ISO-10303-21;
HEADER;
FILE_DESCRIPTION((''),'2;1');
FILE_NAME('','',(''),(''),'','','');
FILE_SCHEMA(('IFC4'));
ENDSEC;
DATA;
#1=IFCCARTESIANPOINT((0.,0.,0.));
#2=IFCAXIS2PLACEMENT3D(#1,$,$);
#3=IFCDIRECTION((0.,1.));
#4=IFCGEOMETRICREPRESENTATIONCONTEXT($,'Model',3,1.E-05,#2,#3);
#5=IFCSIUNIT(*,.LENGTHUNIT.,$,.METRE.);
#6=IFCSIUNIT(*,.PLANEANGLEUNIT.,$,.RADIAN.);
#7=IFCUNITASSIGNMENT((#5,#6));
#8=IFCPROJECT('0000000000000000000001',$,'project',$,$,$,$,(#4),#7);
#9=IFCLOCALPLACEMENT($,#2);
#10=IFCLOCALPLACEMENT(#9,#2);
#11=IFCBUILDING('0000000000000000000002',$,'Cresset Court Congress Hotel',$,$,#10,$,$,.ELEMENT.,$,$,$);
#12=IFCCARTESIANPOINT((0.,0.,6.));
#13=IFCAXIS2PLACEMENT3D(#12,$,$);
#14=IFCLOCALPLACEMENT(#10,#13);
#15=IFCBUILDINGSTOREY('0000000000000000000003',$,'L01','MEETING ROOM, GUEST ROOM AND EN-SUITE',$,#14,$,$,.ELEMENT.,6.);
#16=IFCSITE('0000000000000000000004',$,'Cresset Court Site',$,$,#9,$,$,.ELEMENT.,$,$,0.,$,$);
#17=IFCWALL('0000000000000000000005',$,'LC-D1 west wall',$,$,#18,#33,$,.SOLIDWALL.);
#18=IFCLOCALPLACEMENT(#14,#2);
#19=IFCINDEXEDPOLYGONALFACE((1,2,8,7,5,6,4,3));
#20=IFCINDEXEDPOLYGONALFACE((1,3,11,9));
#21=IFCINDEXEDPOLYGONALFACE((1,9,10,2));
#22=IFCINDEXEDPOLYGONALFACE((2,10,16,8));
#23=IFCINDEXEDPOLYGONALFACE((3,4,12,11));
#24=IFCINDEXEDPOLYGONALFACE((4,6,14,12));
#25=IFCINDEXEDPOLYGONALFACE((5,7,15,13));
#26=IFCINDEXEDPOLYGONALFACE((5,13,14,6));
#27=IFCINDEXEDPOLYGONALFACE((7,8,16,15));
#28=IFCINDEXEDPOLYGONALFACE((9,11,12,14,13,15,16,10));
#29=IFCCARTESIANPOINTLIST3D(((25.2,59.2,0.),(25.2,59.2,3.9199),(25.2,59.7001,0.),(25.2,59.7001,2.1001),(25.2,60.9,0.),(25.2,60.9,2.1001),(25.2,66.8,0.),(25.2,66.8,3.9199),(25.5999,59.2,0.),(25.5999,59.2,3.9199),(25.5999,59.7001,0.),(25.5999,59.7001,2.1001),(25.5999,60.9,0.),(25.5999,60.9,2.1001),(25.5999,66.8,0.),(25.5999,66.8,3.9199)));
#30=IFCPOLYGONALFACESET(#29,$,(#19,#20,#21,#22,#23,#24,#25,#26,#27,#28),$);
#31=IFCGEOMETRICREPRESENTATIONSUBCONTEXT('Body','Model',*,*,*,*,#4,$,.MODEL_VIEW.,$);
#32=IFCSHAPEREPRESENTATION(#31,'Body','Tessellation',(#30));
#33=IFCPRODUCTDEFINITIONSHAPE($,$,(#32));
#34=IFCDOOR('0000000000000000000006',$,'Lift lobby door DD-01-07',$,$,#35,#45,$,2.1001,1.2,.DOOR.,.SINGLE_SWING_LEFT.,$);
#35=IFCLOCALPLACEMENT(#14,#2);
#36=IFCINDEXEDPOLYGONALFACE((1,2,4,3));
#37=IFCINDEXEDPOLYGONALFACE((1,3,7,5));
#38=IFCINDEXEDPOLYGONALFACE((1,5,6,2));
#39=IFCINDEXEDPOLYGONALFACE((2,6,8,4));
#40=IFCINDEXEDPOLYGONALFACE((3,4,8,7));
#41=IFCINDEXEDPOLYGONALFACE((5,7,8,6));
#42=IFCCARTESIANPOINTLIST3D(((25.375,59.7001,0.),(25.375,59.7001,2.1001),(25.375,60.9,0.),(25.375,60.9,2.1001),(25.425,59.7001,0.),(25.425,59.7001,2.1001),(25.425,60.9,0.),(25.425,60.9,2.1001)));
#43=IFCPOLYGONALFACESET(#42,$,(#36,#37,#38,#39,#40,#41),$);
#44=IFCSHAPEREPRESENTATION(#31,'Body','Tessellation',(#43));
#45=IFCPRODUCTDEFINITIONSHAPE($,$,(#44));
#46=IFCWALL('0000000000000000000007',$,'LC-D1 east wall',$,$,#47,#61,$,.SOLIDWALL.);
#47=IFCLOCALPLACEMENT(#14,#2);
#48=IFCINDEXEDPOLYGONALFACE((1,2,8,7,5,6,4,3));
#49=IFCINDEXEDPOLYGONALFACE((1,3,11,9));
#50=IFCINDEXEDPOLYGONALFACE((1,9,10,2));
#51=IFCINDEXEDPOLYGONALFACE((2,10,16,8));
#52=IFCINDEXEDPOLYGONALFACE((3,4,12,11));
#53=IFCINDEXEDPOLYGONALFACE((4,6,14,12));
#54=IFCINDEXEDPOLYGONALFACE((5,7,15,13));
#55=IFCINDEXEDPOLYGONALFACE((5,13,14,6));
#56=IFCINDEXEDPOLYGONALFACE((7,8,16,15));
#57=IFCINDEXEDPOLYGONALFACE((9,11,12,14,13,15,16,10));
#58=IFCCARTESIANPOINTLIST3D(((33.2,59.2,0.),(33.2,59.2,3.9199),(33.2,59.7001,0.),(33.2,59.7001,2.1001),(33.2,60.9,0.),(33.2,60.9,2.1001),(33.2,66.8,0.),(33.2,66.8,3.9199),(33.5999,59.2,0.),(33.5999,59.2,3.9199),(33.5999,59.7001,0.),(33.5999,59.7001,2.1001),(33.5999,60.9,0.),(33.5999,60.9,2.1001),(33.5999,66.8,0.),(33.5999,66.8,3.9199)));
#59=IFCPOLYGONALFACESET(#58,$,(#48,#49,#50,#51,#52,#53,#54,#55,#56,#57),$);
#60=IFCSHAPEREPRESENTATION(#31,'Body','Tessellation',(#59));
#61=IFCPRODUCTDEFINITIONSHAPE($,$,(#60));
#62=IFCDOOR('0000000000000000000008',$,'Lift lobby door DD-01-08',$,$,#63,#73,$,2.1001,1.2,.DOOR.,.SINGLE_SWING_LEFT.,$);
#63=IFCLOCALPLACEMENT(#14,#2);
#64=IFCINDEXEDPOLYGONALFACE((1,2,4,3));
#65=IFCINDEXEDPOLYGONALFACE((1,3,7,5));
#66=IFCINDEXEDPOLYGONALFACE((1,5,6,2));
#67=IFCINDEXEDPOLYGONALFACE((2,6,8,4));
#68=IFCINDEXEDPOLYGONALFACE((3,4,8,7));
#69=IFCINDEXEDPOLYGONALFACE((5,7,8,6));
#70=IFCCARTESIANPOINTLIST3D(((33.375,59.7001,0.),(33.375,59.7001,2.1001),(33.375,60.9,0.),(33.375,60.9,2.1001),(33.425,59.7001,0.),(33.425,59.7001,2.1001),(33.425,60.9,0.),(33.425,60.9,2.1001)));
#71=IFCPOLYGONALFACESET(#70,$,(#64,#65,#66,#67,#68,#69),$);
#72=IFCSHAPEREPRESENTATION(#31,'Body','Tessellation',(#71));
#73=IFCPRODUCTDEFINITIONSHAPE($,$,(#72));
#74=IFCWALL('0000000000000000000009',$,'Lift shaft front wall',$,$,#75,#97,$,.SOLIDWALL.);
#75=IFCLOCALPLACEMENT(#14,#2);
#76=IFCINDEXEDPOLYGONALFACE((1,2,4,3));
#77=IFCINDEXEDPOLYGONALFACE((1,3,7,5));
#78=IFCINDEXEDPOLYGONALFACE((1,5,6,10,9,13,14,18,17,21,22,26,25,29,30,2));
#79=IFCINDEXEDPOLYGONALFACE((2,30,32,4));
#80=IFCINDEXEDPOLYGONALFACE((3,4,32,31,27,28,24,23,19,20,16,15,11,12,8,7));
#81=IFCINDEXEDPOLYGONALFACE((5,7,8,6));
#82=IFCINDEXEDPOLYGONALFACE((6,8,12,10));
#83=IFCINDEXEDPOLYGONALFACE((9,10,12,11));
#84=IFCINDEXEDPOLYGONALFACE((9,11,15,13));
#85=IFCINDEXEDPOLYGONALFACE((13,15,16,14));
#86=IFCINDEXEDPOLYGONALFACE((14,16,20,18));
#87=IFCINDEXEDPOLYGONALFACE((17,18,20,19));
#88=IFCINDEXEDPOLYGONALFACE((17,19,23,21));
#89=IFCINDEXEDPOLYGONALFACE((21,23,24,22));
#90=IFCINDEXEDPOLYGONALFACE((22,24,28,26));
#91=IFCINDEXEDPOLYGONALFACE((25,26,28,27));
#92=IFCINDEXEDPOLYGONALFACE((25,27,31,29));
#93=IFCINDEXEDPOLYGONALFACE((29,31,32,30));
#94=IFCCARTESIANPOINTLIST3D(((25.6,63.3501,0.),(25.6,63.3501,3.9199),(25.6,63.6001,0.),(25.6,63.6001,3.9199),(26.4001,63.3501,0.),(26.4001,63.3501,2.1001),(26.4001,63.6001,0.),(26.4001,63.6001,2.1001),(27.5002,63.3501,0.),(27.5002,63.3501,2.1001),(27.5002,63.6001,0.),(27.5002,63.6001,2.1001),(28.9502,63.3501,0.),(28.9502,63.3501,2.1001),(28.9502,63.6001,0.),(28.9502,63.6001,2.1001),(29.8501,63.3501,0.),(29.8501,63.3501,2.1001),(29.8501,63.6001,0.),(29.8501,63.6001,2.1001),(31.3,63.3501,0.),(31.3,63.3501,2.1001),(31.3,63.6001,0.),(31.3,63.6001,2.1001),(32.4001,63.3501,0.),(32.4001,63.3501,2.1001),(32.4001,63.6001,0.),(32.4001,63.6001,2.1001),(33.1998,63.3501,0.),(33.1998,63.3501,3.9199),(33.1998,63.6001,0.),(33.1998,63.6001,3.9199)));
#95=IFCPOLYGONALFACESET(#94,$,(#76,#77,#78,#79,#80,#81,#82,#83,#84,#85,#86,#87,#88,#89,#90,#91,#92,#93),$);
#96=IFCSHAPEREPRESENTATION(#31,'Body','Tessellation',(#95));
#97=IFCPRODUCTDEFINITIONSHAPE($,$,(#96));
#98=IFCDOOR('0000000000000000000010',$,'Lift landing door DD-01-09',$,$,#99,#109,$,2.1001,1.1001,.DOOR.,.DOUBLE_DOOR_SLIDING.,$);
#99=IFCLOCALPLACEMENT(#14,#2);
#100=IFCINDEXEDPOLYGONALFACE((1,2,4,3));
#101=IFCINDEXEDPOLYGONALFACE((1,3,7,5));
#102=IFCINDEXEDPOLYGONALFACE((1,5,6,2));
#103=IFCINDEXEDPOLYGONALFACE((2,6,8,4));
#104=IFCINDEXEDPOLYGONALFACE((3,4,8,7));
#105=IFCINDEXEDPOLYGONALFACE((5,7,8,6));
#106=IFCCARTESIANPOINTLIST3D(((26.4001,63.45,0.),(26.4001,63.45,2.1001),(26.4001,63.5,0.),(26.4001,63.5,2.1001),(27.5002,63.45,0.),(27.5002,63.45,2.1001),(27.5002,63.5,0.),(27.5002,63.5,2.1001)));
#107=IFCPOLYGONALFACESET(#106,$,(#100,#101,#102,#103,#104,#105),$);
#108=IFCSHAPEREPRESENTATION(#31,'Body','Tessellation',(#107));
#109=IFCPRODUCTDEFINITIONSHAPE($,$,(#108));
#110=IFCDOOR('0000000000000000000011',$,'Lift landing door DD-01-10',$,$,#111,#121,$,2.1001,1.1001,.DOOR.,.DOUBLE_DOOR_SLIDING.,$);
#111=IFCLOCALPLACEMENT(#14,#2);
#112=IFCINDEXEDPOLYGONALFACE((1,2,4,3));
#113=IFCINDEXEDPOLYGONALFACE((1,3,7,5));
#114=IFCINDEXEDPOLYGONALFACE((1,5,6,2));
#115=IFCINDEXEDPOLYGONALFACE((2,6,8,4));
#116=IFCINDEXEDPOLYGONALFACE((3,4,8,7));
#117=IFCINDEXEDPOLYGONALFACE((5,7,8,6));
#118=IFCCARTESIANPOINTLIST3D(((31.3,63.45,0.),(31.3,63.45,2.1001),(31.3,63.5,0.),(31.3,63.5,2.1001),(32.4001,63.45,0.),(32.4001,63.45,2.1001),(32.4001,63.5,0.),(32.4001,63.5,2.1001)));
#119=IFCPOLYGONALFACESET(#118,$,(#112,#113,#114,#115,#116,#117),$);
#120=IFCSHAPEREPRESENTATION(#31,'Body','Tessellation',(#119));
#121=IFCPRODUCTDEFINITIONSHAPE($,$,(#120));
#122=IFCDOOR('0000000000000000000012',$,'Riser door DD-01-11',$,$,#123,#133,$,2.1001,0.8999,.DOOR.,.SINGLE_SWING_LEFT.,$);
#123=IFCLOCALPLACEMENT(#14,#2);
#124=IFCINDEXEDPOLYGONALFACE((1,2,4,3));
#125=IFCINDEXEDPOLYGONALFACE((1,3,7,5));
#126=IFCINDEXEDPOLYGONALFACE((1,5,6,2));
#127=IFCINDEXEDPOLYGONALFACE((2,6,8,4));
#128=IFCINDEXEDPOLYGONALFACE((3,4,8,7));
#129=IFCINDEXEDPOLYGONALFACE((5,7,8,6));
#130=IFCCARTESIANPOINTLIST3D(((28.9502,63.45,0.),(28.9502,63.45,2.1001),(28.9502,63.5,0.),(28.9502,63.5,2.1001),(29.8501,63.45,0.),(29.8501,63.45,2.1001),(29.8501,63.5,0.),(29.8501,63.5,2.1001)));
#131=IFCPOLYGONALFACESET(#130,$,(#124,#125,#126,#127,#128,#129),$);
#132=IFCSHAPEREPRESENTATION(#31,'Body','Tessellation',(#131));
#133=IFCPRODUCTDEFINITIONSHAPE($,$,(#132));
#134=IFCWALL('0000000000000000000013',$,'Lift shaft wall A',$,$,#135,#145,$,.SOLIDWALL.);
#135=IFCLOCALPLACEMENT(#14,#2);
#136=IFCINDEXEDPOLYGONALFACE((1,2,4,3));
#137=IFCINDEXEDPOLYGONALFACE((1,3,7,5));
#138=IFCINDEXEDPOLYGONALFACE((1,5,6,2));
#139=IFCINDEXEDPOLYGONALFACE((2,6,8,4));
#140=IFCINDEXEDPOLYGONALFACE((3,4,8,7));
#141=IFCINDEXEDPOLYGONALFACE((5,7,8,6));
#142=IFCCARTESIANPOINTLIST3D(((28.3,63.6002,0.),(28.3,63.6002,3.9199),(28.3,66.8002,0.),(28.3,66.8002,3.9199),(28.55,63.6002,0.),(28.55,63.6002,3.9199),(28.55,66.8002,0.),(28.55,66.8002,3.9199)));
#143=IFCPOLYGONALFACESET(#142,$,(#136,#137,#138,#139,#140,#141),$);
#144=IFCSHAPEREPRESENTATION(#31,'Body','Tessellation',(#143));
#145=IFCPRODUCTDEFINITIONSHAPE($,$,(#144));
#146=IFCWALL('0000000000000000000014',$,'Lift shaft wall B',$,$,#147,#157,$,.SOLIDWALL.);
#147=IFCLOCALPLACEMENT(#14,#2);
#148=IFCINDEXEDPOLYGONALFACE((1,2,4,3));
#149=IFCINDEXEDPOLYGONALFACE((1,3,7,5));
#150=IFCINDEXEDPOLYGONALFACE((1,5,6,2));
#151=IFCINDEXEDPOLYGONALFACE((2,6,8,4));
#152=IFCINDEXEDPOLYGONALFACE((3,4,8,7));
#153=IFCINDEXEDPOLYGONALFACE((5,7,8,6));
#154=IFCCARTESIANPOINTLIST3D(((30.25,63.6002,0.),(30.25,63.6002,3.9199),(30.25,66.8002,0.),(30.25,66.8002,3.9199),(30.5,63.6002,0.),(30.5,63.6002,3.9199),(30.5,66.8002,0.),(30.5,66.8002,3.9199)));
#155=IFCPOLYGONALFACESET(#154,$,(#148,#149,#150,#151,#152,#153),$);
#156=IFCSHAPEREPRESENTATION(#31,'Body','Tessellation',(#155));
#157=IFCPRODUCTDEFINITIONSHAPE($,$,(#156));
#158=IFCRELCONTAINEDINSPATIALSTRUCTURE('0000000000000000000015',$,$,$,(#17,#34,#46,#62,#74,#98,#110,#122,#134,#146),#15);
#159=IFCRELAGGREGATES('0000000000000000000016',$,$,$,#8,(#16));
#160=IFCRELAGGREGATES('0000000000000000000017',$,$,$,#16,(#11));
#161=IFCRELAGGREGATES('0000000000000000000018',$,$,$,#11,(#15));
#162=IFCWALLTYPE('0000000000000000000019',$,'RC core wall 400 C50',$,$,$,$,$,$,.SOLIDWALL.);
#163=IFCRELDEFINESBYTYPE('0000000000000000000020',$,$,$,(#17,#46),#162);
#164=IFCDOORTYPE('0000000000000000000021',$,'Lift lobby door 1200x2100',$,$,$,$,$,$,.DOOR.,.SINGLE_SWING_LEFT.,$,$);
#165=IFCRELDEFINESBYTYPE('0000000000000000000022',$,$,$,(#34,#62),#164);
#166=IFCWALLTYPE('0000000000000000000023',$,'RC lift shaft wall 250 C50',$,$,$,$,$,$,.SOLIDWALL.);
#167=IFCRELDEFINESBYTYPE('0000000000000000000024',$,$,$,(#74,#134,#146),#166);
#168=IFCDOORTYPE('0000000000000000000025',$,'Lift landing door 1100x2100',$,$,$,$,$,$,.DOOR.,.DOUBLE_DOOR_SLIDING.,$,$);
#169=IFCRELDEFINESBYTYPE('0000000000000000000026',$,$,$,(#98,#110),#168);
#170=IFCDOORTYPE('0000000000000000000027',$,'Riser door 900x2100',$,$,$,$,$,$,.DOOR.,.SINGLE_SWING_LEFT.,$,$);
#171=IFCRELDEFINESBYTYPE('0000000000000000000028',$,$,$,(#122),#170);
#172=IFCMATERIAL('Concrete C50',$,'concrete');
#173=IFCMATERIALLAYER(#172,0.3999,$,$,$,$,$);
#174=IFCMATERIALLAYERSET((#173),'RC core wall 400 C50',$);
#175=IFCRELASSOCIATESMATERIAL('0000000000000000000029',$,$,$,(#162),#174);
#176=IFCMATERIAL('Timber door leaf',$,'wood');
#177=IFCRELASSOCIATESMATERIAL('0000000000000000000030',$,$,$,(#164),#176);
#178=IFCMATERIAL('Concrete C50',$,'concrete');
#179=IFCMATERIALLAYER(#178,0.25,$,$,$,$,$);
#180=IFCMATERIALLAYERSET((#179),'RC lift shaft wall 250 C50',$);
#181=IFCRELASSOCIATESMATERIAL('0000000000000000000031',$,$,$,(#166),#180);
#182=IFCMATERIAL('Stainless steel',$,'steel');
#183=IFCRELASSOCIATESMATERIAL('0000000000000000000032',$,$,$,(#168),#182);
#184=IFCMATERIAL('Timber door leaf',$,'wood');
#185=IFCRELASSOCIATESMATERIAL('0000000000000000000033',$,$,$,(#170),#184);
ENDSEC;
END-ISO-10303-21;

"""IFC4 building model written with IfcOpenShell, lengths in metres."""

from ifc_helpers import new_model, si_unit, direction, frame, frame_2d, origin, place, context, subcontext, project, spatial, rectangle, extrude, material, layer, layer_set, type_object, element, fill, save


model = new_model("IFC4")

# Units and contexts
model_context = context("Model", 3, precision=1e-05, world=origin(), true_north=direction((0.0, 1.0)))
body_context = subcontext(model_context, "Body", "Model", "MODEL_VIEW")
ifc_project = project(units=[si_unit("LENGTHUNIT", "METRE"), si_unit("PLANEANGLEUNIT", "RADIAN")], contexts=[model_context])

# Site, building, storey
site_placement = place(None, origin())
site = spatial("IfcSite", under=ifc_project, at=site_placement, Name="Cresset Court Site", CompositionType="ELEMENT", RefElevation=0.0)
building_placement = place(site_placement, origin())
building = spatial("IfcBuilding", under=site, at=building_placement, Name="Cresset Court Congress Hotel", CompositionType="ELEMENT")
storey_placement = place(building_placement, frame((0.0, 0.0, 6.0)))
storey = spatial("IfcBuildingStorey", under=building, at=storey_placement, Name="L01", Description="MEETING ROOM, GUEST ROOM AND EN-SUITE", CompositionType="ELEMENT", Elevation=6.0)

# Shared definitions
ifc_material_1 = material(Name="Concrete C50", Category="concrete")
ifc_layer_1 = layer(ifc_material_1, 0.3999)
ifc_layer_set_1 = layer_set([ifc_layer_1], Name="RC core wall 400 C50")
wall_type_1 = type_object("IfcWallType", Name="RC core wall 400 C50", PredefinedType="SOLIDWALL", material=ifc_layer_set_1)

# Walls, openings, doors
wall_1_placement = place(storey_placement, frame((25.3999, 59.2, 0.0), z_axis=(0.0, 0.0, 1.0), x_axis=(0.0, 1.0, 0.0)))
wall_1 = element("IfcWall", 1, at=wall_1_placement, inside=storey, type_object=wall_type_1, Name="LC-D1 west wall", PredefinedType="SOLIDWALL", context=body_context, shape_type="SweptSolid", body=[
    extrude(rectangle(XDim=7.6001, YDim=0.3999, at=frame_2d((3.8, 0.0))), origin(), (0.0, 0.0, 1.0), 3.9199),
])
opening_1_placement = place(wall_1_placement, frame((0.5, 0.0, 0.0)))
opening_1 = element("IfcOpeningElement", 2, at=opening_1_placement, cuts=wall_1, PredefinedType="OPENING", context=body_context, shape_type="SweptSolid", body=[
    extrude(rectangle(XDim=1.2, YDim=2.1001, at=frame_2d((0.6001, 1.05))), frame((0.0, 0.21, 0.0), z_axis=(0.0, -1.0, 0.0), x_axis=(1.0, 0.0, 0.0)), (0.0, 0.0, 1.0), 0.4199),
])
ifc_material_2 = material(Name="Timber door leaf", Category="wood")
door_type_1 = type_object("IfcDoorType", Name="Lift lobby door 1200x2100", OperationType="SINGLE_SWING_LEFT", PredefinedType="DOOR", material=ifc_material_2)
door_1_placement = place(opening_1_placement, origin())
door_1 = element("IfcDoor", 3, at=door_1_placement, inside=storey, type_object=door_type_1, Name="Lift lobby door DD-01-07", OperationType="SINGLE_SWING_LEFT", OverallHeight=2.1001, OverallWidth=1.2, PredefinedType="DOOR", context=body_context, shape_type="SweptSolid", body=[
    extrude(rectangle(XDim=1.2, YDim=2.1001, at=frame_2d((0.6001, 1.05))), frame((0.0, 0.0249, 0.0), z_axis=(0.0, -1.0, 0.0), x_axis=(1.0, 0.0, 0.0)), (0.0, 0.0, 1.0), 0.05),
])
fill(opening_1, door_1)
wall_2_placement = place(storey_placement, frame((33.3999, 59.2, 0.0), z_axis=(0.0, 0.0, 1.0), x_axis=(0.0, 1.0, 0.0)))
wall_2 = element("IfcWall", 4, at=wall_2_placement, inside=storey, type_object=wall_type_1, Name="LC-D1 east wall", PredefinedType="SOLIDWALL", context=body_context, shape_type="SweptSolid", body=[
    extrude(rectangle(XDim=7.6001, YDim=0.3999, at=frame_2d((3.8, 0.0))), origin(), (0.0, 0.0, 1.0), 3.9199),
])
opening_2_placement = place(wall_2_placement, frame((0.5, 0.0, 0.0)))
opening_2 = element("IfcOpeningElement", 5, at=opening_2_placement, cuts=wall_2, PredefinedType="OPENING", context=body_context, shape_type="SweptSolid", body=[
    extrude(rectangle(XDim=1.2, YDim=2.1001, at=frame_2d((0.6001, 1.05))), frame((0.0, 0.21, 0.0), z_axis=(0.0, -1.0, 0.0), x_axis=(1.0, 0.0, 0.0)), (0.0, 0.0, 1.0), 0.4199),
])
door_2_placement = place(opening_2_placement, origin())
door_2 = element("IfcDoor", 6, at=door_2_placement, inside=storey, type_object=door_type_1, Name="Lift lobby door DD-01-08", OperationType="SINGLE_SWING_LEFT", OverallHeight=2.1001, OverallWidth=1.2, PredefinedType="DOOR", context=body_context, shape_type="SweptSolid", body=[
    extrude(rectangle(XDim=1.2, YDim=2.1001, at=frame_2d((0.6001, 1.05))), frame((0.0, 0.0249, 0.0), z_axis=(0.0, -1.0, 0.0), x_axis=(1.0, 0.0, 0.0)), (0.0, 0.0, 1.0), 0.05),
])
fill(opening_2, door_2)

# Wall, openings, doors
ifc_material_3 = material(Name="Concrete C50", Category="concrete")
ifc_layer_2 = layer(ifc_material_3, 0.25)
ifc_layer_set_2 = layer_set([ifc_layer_2], Name="RC lift shaft wall 250 C50")
wall_type_2 = type_object("IfcWallType", Name="RC lift shaft wall 250 C50", PredefinedType="SOLIDWALL", material=ifc_layer_set_2)
wall_3_placement = place(storey_placement, frame((25.6001, 63.4751, 0.0), z_axis=(0.0, 0.0, 1.0), x_axis=(1.0, 0.0, 0.0)))
wall_3 = element("IfcWall", 7, at=wall_3_placement, inside=storey, type_object=wall_type_2, Name="Lift shaft front wall", PredefinedType="SOLIDWALL", context=body_context, shape_type="SweptSolid", body=[
    extrude(rectangle(XDim=7.5999, YDim=0.25, at=frame_2d((3.7998, 0.0))), origin(), (0.0, 0.0, 1.0), 3.9199),
])
opening_3_placement = place(wall_3_placement, frame((0.8, 0.0, 0.0)))
opening_3 = element("IfcOpeningElement", 8, at=opening_3_placement, cuts=wall_3, PredefinedType="OPENING", context=body_context, shape_type="SweptSolid", body=[
    extrude(rectangle(XDim=1.1001, YDim=2.1001, at=frame_2d((0.55, 1.05))), frame((0.0, 0.135, 0.0), z_axis=(0.0, -1.0, 0.0), x_axis=(1.0, 0.0, 0.0)), (0.0, 0.0, 1.0), 0.27),
])
opening_4_placement = place(wall_3_placement, frame((5.7, 0.0, 0.0)))
opening_4 = element("IfcOpeningElement", 9, at=opening_4_placement, cuts=wall_3, PredefinedType="OPENING", context=body_context, shape_type="SweptSolid", body=[
    extrude(rectangle(XDim=1.1001, YDim=2.1001, at=frame_2d((0.55, 1.05))), frame((0.0, 0.135, 0.0), z_axis=(0.0, -1.0, 0.0), x_axis=(1.0, 0.0, 0.0)), (0.0, 0.0, 1.0), 0.27),
])
opening_5_placement = place(wall_3_placement, frame((3.3501, 0.0, 0.0)))
opening_5 = element("IfcOpeningElement", 10, at=opening_5_placement, cuts=wall_3, PredefinedType="OPENING", context=body_context, shape_type="SweptSolid", body=[
    extrude(rectangle(XDim=0.8999, YDim=2.1001, at=frame_2d((0.45, 1.05))), frame((0.0, 0.135, 0.0), z_axis=(0.0, -1.0, 0.0), x_axis=(1.0, 0.0, 0.0)), (0.0, 0.0, 1.0), 0.27),
])
ifc_material_4 = material(Name="Stainless steel", Category="steel")
door_type_2 = type_object("IfcDoorType", Name="Lift landing door 1100x2100", OperationType="DOUBLE_DOOR_SLIDING", PredefinedType="DOOR", material=ifc_material_4)
door_3_placement = place(opening_3_placement, origin())
door_3 = element("IfcDoor", 11, at=door_3_placement, inside=storey, type_object=door_type_2, Name="Lift landing door DD-01-09", OperationType="DOUBLE_DOOR_SLIDING", OverallHeight=2.1001, OverallWidth=1.1001, PredefinedType="DOOR", context=body_context, shape_type="SweptSolid", body=[
    extrude(rectangle(XDim=1.1001, YDim=2.1001, at=frame_2d((0.55, 1.05))), frame((0.0, 0.0249, 0.0), z_axis=(0.0, -1.0, 0.0), x_axis=(1.0, 0.0, 0.0)), (0.0, 0.0, 1.0), 0.05),
])
fill(opening_3, door_3)
door_4_placement = place(opening_4_placement, origin())
door_4 = element("IfcDoor", 12, at=door_4_placement, inside=storey, type_object=door_type_2, Name="Lift landing door DD-01-10", OperationType="DOUBLE_DOOR_SLIDING", OverallHeight=2.1001, OverallWidth=1.1001, PredefinedType="DOOR", context=body_context, shape_type="SweptSolid", body=[
    extrude(rectangle(XDim=1.1001, YDim=2.1001, at=frame_2d((0.55, 1.05))), frame((0.0, 0.0249, 0.0), z_axis=(0.0, -1.0, 0.0), x_axis=(1.0, 0.0, 0.0)), (0.0, 0.0, 1.0), 0.05),
])
fill(opening_4, door_4)
ifc_material_5 = material(Name="Timber door leaf", Category="wood")
door_type_3 = type_object("IfcDoorType", Name="Riser door 900x2100", OperationType="SINGLE_SWING_LEFT", PredefinedType="DOOR", material=ifc_material_5)
door_5_placement = place(opening_5_placement, origin())
door_5 = element("IfcDoor", 13, at=door_5_placement, inside=storey, type_object=door_type_3, Name="Riser door DD-01-11", OperationType="SINGLE_SWING_LEFT", OverallHeight=2.1001, OverallWidth=0.8999, PredefinedType="DOOR", context=body_context, shape_type="SweptSolid", body=[
    extrude(rectangle(XDim=0.8999, YDim=2.1001, at=frame_2d((0.45, 1.05))), frame((0.0, 0.0249, 0.0), z_axis=(0.0, -1.0, 0.0), x_axis=(1.0, 0.0, 0.0)), (0.0, 0.0, 1.0), 0.05),
])
fill(opening_5, door_5)

# Walls
for number, where, z_axis, x_axis, name in (
    (14, (28.425, 63.6001, 0.0), (0.0, 0.0, 1.0), (0.0, 1.0, 0.0), "Lift shaft wall A"),
    (15, (30.375, 63.6001, 0.0), (0.0, 0.0, 1.0), (0.0, 1.0, 0.0), "Lift shaft wall B"),
):
    element("IfcWall", number, at=place(storey_placement, frame(where, z_axis=z_axis, x_axis=x_axis)), inside=storey, type_object=wall_type_2, Name=name, PredefinedType="SOLIDWALL", context=body_context, shape_type="SweptSolid", body=[
        extrude(rectangle(XDim=3.2, YDim=0.25, at=frame_2d((1.6001, 0.0))), origin(), (0.0, 0.0, 1.0), 3.9199),
    ])

save(model, "model.ifc")
